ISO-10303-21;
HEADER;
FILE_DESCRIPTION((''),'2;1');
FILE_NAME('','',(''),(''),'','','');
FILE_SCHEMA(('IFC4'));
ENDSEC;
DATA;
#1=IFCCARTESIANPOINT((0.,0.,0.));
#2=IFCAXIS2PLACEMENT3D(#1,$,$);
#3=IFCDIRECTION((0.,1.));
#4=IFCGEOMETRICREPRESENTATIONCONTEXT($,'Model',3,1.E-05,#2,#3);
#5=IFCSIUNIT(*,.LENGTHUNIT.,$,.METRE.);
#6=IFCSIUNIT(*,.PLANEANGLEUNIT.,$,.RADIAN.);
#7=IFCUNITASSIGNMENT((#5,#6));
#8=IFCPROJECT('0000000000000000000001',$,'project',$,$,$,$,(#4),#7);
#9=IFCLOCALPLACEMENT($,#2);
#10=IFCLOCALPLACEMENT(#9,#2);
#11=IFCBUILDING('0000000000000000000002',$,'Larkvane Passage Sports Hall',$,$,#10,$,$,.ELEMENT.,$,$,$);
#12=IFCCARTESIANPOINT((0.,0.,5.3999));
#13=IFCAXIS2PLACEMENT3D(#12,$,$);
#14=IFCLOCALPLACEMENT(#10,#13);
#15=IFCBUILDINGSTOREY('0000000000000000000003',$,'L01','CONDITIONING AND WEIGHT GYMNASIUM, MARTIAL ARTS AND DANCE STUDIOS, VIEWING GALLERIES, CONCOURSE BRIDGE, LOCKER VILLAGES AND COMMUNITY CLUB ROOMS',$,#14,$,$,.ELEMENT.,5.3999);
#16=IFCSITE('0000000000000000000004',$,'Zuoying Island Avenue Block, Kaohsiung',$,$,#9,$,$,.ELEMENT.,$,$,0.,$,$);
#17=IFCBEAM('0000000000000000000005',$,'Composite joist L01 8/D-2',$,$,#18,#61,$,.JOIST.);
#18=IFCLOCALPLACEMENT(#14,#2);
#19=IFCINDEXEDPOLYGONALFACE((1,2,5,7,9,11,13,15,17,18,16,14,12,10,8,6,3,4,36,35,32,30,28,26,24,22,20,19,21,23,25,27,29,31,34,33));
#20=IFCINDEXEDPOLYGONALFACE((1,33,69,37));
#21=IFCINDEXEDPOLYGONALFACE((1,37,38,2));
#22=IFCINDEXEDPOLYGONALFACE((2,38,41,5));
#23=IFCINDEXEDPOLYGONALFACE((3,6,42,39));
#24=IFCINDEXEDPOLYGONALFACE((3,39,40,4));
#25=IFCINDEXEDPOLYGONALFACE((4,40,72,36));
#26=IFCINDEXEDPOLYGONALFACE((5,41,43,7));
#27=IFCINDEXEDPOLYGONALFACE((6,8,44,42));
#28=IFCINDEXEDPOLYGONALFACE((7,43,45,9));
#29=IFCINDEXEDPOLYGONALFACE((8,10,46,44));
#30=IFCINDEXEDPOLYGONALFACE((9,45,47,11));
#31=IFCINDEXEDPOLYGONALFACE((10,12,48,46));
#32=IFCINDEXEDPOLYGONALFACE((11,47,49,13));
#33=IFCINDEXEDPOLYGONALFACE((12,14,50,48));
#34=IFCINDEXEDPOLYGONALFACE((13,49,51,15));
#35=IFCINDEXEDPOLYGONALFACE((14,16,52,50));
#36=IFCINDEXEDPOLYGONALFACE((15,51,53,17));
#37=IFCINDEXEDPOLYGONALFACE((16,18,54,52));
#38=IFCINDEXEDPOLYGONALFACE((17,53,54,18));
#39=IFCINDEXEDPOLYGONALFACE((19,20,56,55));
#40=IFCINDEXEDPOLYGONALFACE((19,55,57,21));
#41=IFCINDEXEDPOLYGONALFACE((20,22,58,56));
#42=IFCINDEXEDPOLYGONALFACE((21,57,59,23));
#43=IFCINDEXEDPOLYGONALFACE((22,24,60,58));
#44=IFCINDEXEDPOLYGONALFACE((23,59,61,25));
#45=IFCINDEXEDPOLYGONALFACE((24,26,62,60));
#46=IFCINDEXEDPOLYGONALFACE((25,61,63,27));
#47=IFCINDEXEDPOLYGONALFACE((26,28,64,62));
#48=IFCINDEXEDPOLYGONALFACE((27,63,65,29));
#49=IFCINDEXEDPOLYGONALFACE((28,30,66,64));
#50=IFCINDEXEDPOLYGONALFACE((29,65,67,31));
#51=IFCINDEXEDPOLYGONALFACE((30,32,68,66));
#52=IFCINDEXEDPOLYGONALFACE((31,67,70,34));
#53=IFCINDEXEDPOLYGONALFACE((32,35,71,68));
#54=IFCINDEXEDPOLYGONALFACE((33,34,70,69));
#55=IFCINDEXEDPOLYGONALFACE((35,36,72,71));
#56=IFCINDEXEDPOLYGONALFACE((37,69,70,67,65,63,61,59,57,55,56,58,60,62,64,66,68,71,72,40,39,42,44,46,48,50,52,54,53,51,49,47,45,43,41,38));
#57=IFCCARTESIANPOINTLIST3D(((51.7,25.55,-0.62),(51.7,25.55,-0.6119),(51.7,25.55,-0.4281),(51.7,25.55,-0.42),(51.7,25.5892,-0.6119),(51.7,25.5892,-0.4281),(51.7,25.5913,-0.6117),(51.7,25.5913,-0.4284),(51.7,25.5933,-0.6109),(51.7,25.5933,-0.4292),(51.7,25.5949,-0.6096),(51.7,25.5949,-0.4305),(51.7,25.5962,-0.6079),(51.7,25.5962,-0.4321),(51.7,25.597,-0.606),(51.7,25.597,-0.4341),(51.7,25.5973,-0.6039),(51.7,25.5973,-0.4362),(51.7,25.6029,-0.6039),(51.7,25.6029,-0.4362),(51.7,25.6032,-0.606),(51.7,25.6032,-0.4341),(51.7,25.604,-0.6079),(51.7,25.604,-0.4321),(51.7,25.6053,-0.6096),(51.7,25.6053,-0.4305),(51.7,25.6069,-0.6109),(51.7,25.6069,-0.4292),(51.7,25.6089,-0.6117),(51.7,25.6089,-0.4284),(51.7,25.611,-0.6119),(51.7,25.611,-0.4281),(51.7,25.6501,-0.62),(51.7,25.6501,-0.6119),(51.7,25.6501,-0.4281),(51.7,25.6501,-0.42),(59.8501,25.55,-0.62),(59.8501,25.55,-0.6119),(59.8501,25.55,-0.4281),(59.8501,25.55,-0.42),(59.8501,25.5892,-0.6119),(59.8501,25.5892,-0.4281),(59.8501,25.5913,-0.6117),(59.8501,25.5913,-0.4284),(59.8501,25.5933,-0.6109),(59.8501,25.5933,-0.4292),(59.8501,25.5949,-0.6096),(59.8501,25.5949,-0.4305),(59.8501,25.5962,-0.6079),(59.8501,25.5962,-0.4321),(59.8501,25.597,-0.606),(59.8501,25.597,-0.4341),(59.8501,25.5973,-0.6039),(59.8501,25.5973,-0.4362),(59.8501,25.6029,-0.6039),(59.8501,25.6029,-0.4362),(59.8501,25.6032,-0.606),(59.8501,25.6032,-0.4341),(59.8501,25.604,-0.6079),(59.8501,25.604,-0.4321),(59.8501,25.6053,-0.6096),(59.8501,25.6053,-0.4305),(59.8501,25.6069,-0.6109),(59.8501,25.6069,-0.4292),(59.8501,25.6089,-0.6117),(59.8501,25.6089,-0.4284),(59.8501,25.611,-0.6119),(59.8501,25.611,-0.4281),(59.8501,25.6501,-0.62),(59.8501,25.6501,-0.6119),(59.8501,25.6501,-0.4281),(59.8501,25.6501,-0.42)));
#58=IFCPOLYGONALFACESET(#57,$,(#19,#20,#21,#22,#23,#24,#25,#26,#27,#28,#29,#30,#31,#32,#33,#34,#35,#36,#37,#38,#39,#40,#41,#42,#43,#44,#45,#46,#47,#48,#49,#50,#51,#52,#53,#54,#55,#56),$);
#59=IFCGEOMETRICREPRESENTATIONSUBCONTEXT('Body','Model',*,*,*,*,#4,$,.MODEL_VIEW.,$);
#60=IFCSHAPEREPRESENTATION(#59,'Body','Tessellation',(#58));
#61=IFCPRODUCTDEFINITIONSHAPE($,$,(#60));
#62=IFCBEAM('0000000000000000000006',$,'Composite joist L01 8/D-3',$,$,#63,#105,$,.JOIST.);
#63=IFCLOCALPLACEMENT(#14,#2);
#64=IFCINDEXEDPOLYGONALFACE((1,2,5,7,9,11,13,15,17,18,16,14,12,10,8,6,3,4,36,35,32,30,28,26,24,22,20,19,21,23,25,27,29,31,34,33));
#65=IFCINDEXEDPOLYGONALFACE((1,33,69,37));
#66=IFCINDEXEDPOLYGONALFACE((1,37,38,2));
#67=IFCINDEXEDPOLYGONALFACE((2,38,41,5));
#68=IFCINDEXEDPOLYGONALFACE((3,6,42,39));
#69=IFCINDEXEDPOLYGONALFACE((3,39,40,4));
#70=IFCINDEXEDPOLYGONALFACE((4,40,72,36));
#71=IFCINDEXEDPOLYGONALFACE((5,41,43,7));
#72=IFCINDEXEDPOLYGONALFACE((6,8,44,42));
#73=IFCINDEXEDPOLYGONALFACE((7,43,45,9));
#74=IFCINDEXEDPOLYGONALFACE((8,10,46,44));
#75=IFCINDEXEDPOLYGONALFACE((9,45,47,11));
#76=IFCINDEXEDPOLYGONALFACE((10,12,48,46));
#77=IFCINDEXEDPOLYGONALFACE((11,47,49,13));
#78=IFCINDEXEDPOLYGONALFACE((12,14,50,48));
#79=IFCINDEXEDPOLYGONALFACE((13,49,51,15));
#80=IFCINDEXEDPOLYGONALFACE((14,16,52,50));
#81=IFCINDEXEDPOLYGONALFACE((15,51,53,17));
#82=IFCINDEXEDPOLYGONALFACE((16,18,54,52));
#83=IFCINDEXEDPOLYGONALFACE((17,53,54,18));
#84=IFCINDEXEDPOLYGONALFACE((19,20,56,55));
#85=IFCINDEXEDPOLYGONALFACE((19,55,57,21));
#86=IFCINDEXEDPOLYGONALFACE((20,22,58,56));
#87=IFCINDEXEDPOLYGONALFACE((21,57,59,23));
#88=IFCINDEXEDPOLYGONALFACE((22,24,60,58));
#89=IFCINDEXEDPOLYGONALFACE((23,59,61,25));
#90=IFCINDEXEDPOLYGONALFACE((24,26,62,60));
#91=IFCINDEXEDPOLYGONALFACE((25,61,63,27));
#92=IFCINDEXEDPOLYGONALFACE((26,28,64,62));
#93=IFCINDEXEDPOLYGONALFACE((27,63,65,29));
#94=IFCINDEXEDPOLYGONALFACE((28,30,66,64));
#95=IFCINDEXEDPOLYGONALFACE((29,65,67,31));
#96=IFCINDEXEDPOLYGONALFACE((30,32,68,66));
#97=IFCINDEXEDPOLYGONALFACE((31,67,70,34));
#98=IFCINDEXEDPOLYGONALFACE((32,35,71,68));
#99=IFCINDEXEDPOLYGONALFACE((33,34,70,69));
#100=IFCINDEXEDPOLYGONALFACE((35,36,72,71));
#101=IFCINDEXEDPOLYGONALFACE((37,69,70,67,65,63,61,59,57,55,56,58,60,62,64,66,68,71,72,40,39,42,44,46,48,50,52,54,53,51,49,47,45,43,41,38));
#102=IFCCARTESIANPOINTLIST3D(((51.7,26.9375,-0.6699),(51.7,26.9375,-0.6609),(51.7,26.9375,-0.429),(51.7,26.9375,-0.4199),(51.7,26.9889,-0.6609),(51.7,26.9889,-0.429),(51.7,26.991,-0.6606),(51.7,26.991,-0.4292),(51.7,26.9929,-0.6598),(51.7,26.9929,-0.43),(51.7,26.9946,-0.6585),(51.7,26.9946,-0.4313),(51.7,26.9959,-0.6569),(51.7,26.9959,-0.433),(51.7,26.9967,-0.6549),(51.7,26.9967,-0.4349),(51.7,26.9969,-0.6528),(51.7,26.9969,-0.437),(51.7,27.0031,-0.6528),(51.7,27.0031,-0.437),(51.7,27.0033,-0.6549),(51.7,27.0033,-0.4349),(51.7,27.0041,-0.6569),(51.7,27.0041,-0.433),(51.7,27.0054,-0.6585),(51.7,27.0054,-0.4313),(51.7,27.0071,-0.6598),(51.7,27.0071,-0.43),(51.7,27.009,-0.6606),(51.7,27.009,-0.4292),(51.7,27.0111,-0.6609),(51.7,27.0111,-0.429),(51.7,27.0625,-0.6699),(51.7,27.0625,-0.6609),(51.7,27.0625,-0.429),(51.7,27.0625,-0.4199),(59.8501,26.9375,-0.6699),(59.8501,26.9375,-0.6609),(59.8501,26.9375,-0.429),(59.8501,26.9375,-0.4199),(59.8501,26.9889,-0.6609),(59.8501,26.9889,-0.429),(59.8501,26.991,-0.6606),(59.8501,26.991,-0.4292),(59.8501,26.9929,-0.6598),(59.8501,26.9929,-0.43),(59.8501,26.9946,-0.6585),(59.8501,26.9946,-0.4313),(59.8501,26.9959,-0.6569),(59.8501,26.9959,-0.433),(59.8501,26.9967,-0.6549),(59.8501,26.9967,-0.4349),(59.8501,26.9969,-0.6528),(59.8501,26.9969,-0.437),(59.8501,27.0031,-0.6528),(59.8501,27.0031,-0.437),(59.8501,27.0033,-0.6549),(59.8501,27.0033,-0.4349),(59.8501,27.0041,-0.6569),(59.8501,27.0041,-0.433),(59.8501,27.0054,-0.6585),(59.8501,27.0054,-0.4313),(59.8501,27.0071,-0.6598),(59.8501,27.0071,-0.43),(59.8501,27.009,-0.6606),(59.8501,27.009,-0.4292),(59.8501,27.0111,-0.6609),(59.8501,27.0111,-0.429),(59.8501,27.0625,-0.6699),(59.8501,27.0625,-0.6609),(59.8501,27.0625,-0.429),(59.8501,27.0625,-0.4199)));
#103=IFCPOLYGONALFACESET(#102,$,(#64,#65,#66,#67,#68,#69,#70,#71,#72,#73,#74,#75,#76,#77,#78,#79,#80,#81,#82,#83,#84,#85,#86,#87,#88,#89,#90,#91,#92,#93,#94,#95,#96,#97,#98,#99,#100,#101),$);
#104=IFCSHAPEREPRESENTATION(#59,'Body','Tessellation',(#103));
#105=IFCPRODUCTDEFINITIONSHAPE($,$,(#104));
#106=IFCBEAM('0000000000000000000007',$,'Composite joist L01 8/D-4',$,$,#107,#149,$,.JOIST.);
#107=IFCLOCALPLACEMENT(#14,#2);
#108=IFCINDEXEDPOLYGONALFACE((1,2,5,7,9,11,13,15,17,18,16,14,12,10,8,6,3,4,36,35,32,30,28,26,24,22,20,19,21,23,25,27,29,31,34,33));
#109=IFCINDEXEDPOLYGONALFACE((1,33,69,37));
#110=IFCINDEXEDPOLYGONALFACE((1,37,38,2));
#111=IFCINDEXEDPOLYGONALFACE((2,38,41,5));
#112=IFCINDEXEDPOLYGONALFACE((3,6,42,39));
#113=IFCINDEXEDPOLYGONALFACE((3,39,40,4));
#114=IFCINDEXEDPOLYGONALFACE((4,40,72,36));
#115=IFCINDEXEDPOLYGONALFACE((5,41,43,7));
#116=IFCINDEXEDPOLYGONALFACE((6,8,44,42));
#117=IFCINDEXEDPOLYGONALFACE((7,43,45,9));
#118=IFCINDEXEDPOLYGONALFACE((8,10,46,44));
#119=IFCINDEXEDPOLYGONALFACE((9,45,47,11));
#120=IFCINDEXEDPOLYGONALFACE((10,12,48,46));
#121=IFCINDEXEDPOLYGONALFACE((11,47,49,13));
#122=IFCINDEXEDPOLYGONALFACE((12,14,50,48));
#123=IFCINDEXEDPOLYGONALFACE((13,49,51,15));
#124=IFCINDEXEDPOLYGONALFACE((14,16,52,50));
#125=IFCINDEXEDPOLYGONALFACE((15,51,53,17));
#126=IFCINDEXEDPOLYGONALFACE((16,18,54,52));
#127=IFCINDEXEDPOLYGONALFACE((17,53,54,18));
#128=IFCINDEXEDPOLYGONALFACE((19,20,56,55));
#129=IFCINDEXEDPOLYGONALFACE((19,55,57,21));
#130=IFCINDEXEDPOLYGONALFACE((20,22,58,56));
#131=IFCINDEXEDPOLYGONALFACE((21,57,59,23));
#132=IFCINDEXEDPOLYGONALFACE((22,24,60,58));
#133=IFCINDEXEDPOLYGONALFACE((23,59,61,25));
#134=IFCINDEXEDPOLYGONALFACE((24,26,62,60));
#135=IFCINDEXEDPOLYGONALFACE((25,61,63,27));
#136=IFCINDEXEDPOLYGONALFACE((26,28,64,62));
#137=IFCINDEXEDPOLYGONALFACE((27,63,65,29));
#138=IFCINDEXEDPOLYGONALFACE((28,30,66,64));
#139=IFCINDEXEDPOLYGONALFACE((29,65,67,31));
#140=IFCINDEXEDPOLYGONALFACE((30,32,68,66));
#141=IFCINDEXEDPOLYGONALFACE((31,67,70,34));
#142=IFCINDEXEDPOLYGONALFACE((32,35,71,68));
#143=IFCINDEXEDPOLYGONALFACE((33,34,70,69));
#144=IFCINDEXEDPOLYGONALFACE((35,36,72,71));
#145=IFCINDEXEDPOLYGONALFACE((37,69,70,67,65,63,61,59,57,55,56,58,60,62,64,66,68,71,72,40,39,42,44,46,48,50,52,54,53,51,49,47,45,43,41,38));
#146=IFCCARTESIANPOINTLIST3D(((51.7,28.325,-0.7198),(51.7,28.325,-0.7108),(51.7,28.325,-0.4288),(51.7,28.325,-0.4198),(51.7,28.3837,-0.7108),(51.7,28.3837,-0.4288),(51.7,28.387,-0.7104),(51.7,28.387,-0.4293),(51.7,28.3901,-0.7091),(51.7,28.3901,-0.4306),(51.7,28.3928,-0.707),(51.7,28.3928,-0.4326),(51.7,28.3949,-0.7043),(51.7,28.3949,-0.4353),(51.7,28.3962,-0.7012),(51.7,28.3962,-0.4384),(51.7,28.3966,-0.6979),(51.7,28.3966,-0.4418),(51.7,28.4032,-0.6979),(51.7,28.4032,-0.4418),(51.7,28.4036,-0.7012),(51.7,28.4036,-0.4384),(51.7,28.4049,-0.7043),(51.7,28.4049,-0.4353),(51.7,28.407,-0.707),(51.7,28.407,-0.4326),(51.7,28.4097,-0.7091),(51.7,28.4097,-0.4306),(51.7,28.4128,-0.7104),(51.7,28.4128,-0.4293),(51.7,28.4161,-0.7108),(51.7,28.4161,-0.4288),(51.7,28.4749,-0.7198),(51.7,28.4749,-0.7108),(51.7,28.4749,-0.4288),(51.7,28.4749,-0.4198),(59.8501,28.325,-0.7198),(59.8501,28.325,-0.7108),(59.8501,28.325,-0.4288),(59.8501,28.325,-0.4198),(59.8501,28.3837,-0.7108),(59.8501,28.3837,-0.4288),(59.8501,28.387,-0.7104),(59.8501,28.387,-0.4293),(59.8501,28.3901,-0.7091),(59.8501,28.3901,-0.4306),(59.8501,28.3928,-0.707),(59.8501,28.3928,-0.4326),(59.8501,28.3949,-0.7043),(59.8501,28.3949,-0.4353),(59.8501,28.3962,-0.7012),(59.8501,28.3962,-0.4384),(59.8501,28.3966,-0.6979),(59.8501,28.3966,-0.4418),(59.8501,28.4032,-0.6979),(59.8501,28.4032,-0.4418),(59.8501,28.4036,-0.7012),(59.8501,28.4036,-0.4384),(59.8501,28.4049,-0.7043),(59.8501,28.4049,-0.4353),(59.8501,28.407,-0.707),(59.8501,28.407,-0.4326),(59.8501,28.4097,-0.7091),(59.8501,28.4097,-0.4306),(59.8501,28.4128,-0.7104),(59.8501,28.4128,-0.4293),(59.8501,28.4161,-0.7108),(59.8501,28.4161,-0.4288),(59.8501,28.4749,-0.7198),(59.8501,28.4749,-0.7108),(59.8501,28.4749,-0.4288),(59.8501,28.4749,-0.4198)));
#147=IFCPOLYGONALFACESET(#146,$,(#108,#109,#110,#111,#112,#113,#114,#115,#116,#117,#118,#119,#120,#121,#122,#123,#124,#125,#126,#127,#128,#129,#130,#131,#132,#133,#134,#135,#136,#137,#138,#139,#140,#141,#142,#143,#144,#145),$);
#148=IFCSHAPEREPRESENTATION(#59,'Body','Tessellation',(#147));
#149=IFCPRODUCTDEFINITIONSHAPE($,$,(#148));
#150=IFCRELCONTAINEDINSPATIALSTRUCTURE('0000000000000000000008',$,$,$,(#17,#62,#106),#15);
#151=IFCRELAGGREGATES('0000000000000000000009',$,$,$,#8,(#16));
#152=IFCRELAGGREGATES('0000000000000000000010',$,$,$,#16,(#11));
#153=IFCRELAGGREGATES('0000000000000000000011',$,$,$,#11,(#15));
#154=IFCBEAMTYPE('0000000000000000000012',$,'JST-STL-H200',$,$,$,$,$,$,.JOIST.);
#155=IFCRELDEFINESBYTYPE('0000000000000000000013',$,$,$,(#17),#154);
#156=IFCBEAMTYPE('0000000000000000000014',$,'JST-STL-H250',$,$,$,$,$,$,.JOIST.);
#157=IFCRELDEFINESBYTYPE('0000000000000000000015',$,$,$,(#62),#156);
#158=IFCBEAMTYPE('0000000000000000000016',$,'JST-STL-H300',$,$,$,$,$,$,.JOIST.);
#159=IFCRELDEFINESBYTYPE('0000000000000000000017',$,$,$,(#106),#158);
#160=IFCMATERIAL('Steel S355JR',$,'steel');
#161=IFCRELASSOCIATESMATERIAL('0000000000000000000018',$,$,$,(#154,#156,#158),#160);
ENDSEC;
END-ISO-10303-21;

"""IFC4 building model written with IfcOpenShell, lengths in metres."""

from ifc_helpers import new_model, si_unit, direction, frame, origin, origin_2d, place, context, subcontext, project, spatial, i_section, extrude, material, material_profile, profile_set, type_object, element, save


model = new_model("IFC4")

# Units and contexts
model_context = context("Model", 3, precision=1e-05, world=origin(), true_north=direction((0.0, 1.0)))
body_context = subcontext(model_context, "Body", "Model", "MODEL_VIEW")
ifc_project = project(units=[si_unit("LENGTHUNIT", "METRE"), si_unit("PLANEANGLEUNIT", "RADIAN")], contexts=[model_context])

# Site, building, storey
site_placement = place(None, origin())
site = spatial("IfcSite", under=ifc_project, at=site_placement, Name="Zuoying Island Avenue Block, Kaohsiung", CompositionType="ELEMENT", RefElevation=0.0)
building_placement = place(site_placement, origin())
building = spatial("IfcBuilding", under=site, at=building_placement, Name="Larkvane Passage Sports Hall", CompositionType="ELEMENT")
storey_placement = place(building_placement, frame((0.0, 0.0, 5.3999)))
storey = spatial("IfcBuildingStorey", under=building, at=storey_placement, Name="L01", Description="CONDITIONING AND WEIGHT GYMNASIUM, MARTIAL ARTS AND DANCE STUDIOS, VIEWING GALLERIES, CONCOURSE BRIDGE, LOCKER VILLAGES AND COMMUNITY CLUB ROOMS", CompositionType="ELEMENT", Elevation=5.3999)

# Beams
ifc_material_1 = material(Name="Steel S355JR", Category="steel")
ifc_material_profile_1 = material_profile(ifc_material_1, i_section(OverallWidth=0.1001, OverallDepth=0.2, WebThickness=0.0056, FlangeThickness=0.0081, FilletRadius=0.0081, at=origin_2d()), Name="H-200x100x5.5x8")
ifc_profile_set_1 = profile_set([ifc_material_profile_1], Name="Steel S355JR")
beam_type_1 = type_object("IfcBeamType", Name="JST-STL-H200", PredefinedType="JOIST", material=ifc_profile_set_1)
beam_1_placement = place(storey_placement, frame((51.7, 25.6001, -0.52), z_axis=(1.0, 0.0, 0.0), x_axis=(0.0, 1.0, 0.0)))
element("IfcBeam", 1, at=beam_1_placement, inside=storey, type_object=beam_type_1, Name="Composite joist L01 8/D-2", PredefinedType="JOIST", context=body_context, shape_type="SweptSolid", body=[
    extrude(i_section(OverallWidth=0.1001, OverallDepth=0.2, WebThickness=0.0056, FlangeThickness=0.0081, FilletRadius=0.0081, at=origin_2d()), origin(), (0.0, 0.0, 1.0), 8.1501),
])
ifc_material_profile_2 = material_profile(ifc_material_1, i_section(OverallWidth=0.125, OverallDepth=0.25, WebThickness=0.0061, FlangeThickness=0.009, FilletRadius=0.0081, at=origin_2d()), Name="H-250x125x6x9")
ifc_profile_set_2 = profile_set([ifc_material_profile_2], Name="Steel S355JR")
beam_type_2 = type_object("IfcBeamType", Name="JST-STL-H250", PredefinedType="JOIST", material=ifc_profile_set_2)
beam_2_placement = place(storey_placement, frame((51.7, 27.0, -0.5449), z_axis=(1.0, 0.0, 0.0), x_axis=(0.0, 1.0, 0.0)))
element("IfcBeam", 2, at=beam_2_placement, inside=storey, type_object=beam_type_2, Name="Composite joist L01 8/D-3", PredefinedType="JOIST", context=body_context, shape_type="SweptSolid", body=[
    extrude(i_section(OverallWidth=0.125, OverallDepth=0.25, WebThickness=0.0061, FlangeThickness=0.009, FilletRadius=0.0081, at=origin_2d()), origin(), (0.0, 0.0, 1.0), 8.1501),
])
ifc_material_profile_3 = material_profile(ifc_material_1, i_section(OverallWidth=0.1499, OverallDepth=0.3, WebThickness=0.0066, FlangeThickness=0.009, FilletRadius=0.0129, at=origin_2d()), Name="H-300x150x6.5x9")
ifc_profile_set_3 = profile_set([ifc_material_profile_3], Name="Steel S355JR")
beam_type_3 = type_object("IfcBeamType", Name="JST-STL-H300", PredefinedType="JOIST", material=ifc_profile_set_3)
beam_3_placement = place(storey_placement, frame((51.7, 28.3999, -0.5698), z_axis=(1.0, 0.0, 0.0), x_axis=(0.0, 1.0, 0.0)))
element("IfcBeam", 3, at=beam_3_placement, inside=storey, type_object=beam_type_3, Name="Composite joist L01 8/D-4", PredefinedType="JOIST", context=body_context, shape_type="SweptSolid", body=[
    extrude(i_section(OverallWidth=0.1499, OverallDepth=0.3, WebThickness=0.0066, FlangeThickness=0.009, FilletRadius=0.0129, at=origin_2d()), origin(), (0.0, 0.0, 1.0), 8.1501),
])

save(model, "model.ifc")
